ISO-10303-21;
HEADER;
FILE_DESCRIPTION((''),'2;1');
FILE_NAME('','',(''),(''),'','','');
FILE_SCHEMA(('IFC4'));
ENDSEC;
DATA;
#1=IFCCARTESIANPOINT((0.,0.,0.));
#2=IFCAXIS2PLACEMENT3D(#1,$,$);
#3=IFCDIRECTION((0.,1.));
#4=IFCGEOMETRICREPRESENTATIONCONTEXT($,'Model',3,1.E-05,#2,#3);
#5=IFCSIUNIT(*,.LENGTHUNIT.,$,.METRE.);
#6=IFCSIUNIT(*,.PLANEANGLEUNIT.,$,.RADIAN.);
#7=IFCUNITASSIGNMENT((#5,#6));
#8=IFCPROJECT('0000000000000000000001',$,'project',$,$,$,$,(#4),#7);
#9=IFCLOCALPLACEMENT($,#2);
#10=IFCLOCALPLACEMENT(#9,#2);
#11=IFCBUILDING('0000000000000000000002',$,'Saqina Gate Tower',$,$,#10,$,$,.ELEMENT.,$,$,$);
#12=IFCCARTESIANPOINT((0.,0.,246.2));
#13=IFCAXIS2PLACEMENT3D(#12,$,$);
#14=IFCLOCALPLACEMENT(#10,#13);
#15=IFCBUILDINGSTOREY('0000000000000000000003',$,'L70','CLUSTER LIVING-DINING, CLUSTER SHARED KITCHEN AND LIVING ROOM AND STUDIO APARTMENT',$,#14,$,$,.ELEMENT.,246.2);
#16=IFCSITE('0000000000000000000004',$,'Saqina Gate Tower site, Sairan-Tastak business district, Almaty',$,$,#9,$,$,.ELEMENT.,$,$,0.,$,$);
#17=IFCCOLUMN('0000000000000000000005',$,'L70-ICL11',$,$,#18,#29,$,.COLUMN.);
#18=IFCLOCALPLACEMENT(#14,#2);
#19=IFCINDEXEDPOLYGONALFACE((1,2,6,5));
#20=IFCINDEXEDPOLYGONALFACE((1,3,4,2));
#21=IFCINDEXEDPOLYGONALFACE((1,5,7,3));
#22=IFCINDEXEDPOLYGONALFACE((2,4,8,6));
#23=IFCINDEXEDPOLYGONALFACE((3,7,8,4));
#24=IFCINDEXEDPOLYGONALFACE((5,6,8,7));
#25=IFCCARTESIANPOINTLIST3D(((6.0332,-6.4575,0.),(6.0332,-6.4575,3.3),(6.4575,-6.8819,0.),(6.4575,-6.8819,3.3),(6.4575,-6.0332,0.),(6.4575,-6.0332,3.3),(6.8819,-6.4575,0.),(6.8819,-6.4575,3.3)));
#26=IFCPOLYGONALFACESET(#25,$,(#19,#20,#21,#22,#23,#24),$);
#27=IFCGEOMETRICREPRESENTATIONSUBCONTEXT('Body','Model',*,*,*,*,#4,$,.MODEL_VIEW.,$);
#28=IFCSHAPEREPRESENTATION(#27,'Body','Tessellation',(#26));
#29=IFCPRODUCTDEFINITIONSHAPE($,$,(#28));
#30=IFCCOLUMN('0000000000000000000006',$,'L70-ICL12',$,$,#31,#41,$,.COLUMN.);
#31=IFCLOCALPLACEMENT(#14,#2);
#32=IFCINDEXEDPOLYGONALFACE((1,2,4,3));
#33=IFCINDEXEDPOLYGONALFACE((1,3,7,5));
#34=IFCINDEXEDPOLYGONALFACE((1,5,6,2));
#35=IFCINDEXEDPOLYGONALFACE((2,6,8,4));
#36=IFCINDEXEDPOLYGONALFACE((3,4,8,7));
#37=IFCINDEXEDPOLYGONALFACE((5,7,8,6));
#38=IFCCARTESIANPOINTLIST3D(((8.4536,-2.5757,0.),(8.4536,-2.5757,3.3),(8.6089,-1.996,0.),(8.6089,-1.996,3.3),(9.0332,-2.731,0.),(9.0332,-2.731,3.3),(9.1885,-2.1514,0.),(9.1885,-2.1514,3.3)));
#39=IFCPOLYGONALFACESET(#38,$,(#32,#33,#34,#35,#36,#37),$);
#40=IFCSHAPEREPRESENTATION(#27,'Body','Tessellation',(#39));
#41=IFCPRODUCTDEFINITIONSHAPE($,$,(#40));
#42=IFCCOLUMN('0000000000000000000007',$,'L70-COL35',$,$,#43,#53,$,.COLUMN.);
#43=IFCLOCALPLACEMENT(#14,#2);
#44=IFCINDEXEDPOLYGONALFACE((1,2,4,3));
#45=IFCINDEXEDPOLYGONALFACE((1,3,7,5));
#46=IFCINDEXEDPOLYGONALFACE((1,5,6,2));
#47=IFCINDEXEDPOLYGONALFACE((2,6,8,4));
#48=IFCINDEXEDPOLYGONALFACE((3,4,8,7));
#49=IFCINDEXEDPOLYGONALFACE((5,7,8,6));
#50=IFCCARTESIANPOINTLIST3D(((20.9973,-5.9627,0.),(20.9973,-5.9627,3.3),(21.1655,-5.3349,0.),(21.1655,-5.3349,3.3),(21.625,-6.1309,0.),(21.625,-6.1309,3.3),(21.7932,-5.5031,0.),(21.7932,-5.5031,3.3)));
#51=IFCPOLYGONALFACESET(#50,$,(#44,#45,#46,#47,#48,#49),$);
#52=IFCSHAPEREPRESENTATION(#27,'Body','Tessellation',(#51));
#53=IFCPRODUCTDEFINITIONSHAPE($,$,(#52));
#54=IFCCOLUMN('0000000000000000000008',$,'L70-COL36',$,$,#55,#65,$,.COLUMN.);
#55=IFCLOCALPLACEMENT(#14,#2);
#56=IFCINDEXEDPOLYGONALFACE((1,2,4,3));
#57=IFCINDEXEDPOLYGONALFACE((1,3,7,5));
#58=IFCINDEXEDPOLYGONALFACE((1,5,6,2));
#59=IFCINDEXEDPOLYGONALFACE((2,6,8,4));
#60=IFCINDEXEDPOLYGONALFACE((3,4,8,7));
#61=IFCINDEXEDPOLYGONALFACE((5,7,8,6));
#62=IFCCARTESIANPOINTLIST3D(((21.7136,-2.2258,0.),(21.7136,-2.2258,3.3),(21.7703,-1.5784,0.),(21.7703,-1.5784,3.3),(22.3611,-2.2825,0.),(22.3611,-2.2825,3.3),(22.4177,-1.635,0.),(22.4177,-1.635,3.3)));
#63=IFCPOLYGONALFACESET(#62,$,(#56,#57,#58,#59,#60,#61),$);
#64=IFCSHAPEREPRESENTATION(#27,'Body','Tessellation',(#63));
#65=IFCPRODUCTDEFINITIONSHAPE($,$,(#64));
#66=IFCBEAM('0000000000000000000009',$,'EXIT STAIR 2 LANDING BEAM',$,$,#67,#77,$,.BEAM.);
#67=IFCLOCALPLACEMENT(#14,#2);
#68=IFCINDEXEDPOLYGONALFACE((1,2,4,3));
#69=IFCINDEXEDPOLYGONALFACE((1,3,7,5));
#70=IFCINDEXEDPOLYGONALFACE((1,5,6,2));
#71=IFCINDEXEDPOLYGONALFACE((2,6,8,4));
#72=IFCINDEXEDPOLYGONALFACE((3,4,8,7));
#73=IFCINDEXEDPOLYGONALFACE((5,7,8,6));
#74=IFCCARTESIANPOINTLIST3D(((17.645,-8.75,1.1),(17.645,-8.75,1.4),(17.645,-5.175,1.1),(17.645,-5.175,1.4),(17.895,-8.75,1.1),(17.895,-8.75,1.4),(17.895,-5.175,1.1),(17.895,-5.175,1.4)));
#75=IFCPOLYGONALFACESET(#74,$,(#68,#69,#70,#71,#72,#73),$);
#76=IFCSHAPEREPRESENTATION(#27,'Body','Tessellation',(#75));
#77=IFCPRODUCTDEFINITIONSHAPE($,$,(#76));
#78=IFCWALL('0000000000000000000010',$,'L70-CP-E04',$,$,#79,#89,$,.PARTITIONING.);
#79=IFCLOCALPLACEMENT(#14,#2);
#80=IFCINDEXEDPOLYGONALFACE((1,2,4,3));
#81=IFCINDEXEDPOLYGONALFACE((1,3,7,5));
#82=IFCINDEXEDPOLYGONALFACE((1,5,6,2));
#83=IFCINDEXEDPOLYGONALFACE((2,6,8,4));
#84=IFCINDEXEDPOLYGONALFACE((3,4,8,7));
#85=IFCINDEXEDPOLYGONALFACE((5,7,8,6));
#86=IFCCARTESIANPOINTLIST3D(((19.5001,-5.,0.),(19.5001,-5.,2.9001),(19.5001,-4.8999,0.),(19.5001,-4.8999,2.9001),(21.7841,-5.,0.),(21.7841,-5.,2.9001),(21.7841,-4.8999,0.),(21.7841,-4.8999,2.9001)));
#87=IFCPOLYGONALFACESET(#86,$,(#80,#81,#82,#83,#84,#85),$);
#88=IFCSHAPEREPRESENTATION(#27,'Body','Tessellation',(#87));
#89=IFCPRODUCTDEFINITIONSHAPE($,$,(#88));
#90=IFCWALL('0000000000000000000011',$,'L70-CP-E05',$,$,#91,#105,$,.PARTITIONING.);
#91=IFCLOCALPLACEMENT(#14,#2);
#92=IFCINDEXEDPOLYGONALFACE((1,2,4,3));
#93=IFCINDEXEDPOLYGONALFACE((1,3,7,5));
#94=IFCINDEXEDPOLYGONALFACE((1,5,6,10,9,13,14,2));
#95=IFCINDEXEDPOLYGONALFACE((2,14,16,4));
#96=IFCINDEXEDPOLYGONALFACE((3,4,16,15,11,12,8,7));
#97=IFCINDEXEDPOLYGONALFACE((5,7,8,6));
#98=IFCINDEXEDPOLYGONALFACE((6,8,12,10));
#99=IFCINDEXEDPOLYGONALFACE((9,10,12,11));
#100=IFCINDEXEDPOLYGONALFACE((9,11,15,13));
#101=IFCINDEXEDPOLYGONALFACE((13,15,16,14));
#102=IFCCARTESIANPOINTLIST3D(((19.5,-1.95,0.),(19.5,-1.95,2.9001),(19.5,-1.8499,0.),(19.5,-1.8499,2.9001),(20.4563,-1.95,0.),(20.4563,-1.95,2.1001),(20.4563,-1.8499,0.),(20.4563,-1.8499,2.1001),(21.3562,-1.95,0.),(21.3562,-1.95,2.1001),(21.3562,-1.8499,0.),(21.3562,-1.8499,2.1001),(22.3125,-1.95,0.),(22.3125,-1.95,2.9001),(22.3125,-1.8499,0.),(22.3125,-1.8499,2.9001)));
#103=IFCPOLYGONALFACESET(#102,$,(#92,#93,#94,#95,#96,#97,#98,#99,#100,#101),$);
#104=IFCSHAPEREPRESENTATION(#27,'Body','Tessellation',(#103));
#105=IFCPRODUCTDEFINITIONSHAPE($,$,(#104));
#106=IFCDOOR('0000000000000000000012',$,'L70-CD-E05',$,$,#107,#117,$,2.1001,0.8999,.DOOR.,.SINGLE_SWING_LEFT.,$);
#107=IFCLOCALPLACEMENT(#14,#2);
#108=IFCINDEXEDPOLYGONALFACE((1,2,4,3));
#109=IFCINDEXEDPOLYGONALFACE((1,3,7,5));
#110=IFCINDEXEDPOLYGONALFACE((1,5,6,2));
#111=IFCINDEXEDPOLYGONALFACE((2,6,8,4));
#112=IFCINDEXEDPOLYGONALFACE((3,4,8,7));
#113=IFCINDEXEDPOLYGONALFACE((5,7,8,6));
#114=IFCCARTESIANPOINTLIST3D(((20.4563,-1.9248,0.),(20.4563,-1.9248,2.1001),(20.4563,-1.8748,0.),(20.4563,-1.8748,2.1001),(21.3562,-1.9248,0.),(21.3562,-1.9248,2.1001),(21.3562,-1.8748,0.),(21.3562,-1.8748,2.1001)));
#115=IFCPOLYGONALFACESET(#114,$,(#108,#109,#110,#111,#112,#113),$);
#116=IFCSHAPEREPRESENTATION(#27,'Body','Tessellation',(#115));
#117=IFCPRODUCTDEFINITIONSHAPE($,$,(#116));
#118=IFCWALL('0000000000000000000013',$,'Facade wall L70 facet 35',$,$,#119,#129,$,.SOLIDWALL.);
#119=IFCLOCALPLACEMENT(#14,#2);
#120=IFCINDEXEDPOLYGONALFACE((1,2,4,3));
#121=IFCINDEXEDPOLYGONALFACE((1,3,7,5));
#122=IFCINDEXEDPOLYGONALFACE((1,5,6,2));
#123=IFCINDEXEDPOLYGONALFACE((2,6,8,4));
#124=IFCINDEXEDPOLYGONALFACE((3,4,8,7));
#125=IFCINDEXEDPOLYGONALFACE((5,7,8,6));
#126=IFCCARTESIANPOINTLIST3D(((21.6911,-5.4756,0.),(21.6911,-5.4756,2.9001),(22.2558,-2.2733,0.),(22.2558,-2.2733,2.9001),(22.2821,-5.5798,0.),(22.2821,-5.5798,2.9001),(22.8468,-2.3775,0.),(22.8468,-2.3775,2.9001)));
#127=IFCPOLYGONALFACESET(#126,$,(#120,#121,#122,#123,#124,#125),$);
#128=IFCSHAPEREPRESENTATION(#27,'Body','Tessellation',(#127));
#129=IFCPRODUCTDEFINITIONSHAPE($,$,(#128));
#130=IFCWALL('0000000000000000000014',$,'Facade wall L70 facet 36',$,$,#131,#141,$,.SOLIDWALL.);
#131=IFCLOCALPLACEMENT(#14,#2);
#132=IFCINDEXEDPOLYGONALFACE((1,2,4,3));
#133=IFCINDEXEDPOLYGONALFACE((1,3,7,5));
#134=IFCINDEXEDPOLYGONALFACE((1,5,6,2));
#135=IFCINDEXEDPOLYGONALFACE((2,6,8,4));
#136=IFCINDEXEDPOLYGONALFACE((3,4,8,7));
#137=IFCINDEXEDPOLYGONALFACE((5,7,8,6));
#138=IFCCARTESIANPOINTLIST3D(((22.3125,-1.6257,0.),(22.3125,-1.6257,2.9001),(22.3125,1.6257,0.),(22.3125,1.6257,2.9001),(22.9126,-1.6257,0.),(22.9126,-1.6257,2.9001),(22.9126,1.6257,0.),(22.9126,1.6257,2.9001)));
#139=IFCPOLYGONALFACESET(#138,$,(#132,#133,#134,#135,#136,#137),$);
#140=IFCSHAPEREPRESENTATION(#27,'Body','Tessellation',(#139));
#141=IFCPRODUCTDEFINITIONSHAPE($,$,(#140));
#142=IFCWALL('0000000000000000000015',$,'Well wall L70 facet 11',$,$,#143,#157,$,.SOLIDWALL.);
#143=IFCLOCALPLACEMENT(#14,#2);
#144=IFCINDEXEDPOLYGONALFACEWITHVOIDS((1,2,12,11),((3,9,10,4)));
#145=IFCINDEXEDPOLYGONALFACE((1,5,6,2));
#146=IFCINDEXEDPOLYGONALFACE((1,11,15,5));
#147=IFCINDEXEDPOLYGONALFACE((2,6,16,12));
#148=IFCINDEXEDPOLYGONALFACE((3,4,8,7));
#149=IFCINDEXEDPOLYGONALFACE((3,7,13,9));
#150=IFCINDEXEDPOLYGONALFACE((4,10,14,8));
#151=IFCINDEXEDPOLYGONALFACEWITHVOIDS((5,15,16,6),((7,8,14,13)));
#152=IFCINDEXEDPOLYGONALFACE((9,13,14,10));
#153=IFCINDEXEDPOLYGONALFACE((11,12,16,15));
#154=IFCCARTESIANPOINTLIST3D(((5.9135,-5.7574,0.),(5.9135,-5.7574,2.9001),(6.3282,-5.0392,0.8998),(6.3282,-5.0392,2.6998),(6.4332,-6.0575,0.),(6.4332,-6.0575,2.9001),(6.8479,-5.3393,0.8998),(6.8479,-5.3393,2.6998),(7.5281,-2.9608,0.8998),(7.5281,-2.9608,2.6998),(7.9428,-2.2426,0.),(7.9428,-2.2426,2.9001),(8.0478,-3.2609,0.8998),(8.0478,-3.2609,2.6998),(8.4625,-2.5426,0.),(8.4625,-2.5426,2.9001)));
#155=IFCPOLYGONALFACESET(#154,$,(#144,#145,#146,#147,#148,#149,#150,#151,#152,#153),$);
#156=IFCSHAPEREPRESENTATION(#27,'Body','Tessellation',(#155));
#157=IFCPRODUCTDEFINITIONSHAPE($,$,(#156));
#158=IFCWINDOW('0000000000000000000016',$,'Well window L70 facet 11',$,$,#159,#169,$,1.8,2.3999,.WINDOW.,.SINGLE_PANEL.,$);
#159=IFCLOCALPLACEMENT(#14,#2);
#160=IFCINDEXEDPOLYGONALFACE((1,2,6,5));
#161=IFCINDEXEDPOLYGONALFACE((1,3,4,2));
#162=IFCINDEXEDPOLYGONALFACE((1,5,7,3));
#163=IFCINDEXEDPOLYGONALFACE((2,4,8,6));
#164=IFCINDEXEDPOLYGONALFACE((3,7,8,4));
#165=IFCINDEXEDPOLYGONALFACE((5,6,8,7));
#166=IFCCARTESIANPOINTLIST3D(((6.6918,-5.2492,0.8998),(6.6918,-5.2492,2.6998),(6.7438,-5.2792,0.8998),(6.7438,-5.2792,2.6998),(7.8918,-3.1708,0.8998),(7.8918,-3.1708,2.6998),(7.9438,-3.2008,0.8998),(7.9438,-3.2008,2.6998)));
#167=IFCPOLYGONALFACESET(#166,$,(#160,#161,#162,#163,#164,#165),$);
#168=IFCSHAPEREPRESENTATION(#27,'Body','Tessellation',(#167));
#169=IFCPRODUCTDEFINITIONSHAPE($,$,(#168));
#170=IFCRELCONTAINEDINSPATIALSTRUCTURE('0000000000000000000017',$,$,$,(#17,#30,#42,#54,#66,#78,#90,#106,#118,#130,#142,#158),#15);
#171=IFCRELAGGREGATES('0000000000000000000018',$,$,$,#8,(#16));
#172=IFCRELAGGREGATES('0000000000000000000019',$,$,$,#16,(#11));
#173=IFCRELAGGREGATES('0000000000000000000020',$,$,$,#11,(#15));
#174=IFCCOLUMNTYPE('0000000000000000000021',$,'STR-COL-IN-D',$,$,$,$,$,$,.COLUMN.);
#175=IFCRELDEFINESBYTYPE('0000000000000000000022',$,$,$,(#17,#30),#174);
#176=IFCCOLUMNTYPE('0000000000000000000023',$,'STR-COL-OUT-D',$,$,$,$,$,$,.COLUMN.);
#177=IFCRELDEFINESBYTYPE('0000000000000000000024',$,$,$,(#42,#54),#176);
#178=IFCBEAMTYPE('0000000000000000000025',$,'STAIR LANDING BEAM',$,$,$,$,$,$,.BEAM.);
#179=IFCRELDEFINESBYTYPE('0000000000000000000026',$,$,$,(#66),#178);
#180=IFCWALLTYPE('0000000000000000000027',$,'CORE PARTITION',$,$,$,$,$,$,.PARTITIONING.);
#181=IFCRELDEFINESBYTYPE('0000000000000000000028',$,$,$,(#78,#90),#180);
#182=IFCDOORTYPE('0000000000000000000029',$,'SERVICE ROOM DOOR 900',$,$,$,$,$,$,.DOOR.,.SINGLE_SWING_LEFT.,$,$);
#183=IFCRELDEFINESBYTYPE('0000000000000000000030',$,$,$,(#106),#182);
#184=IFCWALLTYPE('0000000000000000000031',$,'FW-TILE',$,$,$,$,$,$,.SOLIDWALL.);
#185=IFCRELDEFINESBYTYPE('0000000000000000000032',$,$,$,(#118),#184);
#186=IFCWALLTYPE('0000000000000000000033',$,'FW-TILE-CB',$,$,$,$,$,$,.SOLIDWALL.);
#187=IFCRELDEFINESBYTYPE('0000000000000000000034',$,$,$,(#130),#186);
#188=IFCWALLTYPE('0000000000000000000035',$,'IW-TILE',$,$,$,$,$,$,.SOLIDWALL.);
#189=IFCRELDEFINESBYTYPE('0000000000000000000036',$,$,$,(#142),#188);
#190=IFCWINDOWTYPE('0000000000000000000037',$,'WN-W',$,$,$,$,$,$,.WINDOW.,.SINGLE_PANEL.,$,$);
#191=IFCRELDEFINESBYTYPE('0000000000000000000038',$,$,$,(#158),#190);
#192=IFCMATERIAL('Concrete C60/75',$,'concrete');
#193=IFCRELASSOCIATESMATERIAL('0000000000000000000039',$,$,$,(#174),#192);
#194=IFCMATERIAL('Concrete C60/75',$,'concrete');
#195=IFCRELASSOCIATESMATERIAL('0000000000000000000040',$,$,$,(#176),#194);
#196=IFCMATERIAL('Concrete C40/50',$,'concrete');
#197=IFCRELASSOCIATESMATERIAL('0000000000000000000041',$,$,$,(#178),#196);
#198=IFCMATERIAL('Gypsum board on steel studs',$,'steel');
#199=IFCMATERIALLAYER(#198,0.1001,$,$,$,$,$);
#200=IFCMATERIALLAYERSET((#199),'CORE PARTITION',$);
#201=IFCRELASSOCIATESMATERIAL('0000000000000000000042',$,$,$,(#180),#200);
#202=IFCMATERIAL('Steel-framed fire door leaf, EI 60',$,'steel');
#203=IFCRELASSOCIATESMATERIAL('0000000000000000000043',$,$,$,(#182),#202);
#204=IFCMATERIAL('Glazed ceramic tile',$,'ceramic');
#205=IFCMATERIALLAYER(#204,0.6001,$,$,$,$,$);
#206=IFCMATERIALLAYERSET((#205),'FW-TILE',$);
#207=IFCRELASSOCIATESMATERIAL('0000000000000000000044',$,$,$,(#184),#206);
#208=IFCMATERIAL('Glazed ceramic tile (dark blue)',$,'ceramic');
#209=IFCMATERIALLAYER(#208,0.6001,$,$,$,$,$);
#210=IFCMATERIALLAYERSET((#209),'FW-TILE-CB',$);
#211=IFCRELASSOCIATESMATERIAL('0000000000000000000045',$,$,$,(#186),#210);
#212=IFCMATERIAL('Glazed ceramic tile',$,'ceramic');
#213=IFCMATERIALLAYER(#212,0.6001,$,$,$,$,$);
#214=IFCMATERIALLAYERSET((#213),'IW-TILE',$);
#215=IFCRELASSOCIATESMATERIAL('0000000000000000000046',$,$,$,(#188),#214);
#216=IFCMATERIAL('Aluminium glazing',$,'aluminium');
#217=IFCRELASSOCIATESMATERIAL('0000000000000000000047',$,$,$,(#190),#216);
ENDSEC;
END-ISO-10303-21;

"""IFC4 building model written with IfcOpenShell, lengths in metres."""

from ifc_helpers import new_model, si_unit, direction, frame, frame_2d, origin, origin_2d, place, context, subcontext, project, spatial, rectangle, extrude, material, layer, layer_set, material_profile, profile_set, type_object, element, fill, save


model = new_model("IFC4")

# Units and contexts
model_context = context("Model", 3, precision=1e-05, world=origin(), true_north=direction((0.0, 1.0)))
body_context = subcontext(model_context, "Body", "Model", "MODEL_VIEW")
ifc_project = project(units=[si_unit("LENGTHUNIT", "METRE"), si_unit("PLANEANGLEUNIT", "RADIAN")], contexts=[model_context])

# Site, building, storey
site_placement = place(None, origin())
site = spatial("IfcSite", under=ifc_project, at=site_placement, Name="Saqina Gate Tower site, Sairan-Tastak business district, Almaty", CompositionType="ELEMENT", RefElevation=0.0)
building_placement = place(site_placement, origin())
building = spatial("IfcBuilding", under=site, at=building_placement, Name="Saqina Gate Tower", CompositionType="ELEMENT")
storey_placement = place(building_placement, frame((0.0, 0.0, 246.2)))
storey = spatial("IfcBuildingStorey", under=building, at=storey_placement, Name="L70", Description="CLUSTER LIVING-DINING, CLUSTER SHARED KITCHEN AND LIVING ROOM AND STUDIO APARTMENT", CompositionType="ELEMENT", Elevation=246.2)

# Columns
ifc_material_1 = material(Name="Concrete C60/75", Category="concrete")
ifc_material_profile_1 = material_profile(ifc_material_1, rectangle(XDim=0.6001, YDim=0.6001, at=origin_2d()), Name="RC 600x600")
ifc_profile_set_1 = profile_set([ifc_material_profile_1], Name="Concrete C60/75")
column_type_1 = type_object("IfcColumnType", Name="STR-COL-IN-D", PredefinedType="COLUMN", material=ifc_profile_set_1)
for number, where, z_axis, x_axis, name in (
    (1, (6.4575, -6.4575, 0.0), (0.0, 0.0, 1.0), (0.707107, -0.707107, 0.0), "L70-ICL11"),
    (2, (8.821, -2.3635, 0.0), (0.0, 0.0, 1.0), (0.965926, -0.258819, 0.0), "L70-ICL12"),
):
    element("IfcColumn", number, at=place(storey_placement, frame(where, z_axis=z_axis, x_axis=x_axis)), inside=storey, type_object=column_type_1, Name=name, PredefinedType="COLUMN", context=body_context, shape_type="SweptSolid", body=[
        extrude(rectangle(XDim=0.6001, YDim=0.6001, at=origin_2d()), origin(), (0.0, 0.0, 1.0), 3.3),
    ])
ifc_material_2 = material(Name="Concrete C60/75", Category="concrete")
ifc_material_profile_2 = material_profile(ifc_material_2, rectangle(XDim=0.6499, YDim=0.6499, at=origin_2d()), Name="RC 650x650")
ifc_profile_set_2 = profile_set([ifc_material_profile_2], Name="Concrete C60/75")
column_type_2 = type_object("IfcColumnType", Name="STR-COL-OUT-D", PredefinedType="COLUMN", material=ifc_profile_set_2)
for number, where, z_axis, x_axis, name in (
    (3, (21.3953, -5.7329, 0.0), (0.0, 0.0, 1.0), (0.965926, -0.258819, 0.0), "L70-COL35"),
    (4, (22.0657, -1.9304, 0.0), (0.0, 0.0, 1.0), (0.996195, -0.087156, 0.0), "L70-COL36"),
):
    element("IfcColumn", number, at=place(storey_placement, frame(where, z_axis=z_axis, x_axis=x_axis)), inside=storey, type_object=column_type_2, Name=name, PredefinedType="COLUMN", context=body_context, shape_type="SweptSolid", body=[
        extrude(rectangle(XDim=0.6499, YDim=0.6499, at=origin_2d()), origin(), (0.0, 0.0, 1.0), 3.3),
    ])

# Beam
ifc_material_3 = material(Name="Concrete C40/50", Category="concrete")
ifc_material_profile_3 = material_profile(ifc_material_3, rectangle(XDim=0.25, YDim=0.3, at=origin_2d()), Name="STAIR LANDING BEAM")
ifc_profile_set_3 = profile_set([ifc_material_profile_3], Name="Concrete C40/50")
beam_type = type_object("IfcBeamType", Name="STAIR LANDING BEAM", PredefinedType="BEAM", material=ifc_profile_set_3)
beam_placement = place(storey_placement, frame((17.77, -8.75, 1.25), z_axis=(0.0, 1.0, 0.0), x_axis=(-1.0, 0.0, 0.0)))
element("IfcBeam", 5, at=beam_placement, inside=storey, type_object=beam_type, Name="EXIT STAIR 2 LANDING BEAM", PredefinedType="BEAM", context=body_context, shape_type="SweptSolid", body=[
    extrude(rectangle(XDim=0.25, YDim=0.3, at=origin_2d()), origin(), (0.0, 0.0, 1.0), 3.575),
])

# Wall
ifc_material_4 = material(Name="Gypsum board on steel studs", Category="steel")
ifc_layer_1 = layer(ifc_material_4, 0.1001)
ifc_layer_set_1 = layer_set([ifc_layer_1], Name="CORE PARTITION")
wall_type_1 = type_object("IfcWallType", Name="CORE PARTITION", PredefinedType="PARTITIONING", material=ifc_layer_set_1)
wall_1_placement = place(storey_placement, frame((19.5, -4.95, 0.0), z_axis=(0.0, 0.0, 1.0), x_axis=(1.0, 0.0, 0.0)))
element("IfcWall", 6, at=wall_1_placement, inside=storey, type_object=wall_type_1, Name="L70-CP-E04", PredefinedType="PARTITIONING", context=body_context, shape_type="SweptSolid", body=[
    extrude(rectangle(XDim=2.2839, YDim=0.1001, at=frame_2d((1.1421, 0.0))), origin(), (0.0, 0.0, 1.0), 2.9001),
])

# Wall, opening, door
wall_2_placement = place(storey_placement, frame((19.5, -1.8999, 0.0), z_axis=(0.0, 0.0, 1.0), x_axis=(1.0, 0.0, 0.0)))
wall_2 = element("IfcWall", 7, at=wall_2_placement, inside=storey, type_object=wall_type_1, Name="L70-CP-E05", PredefinedType="PARTITIONING", context=body_context, shape_type="SweptSolid", body=[
    extrude(rectangle(XDim=2.8125, YDim=0.1001, at=frame_2d((1.4062, 0.0))), origin(), (0.0, 0.0, 1.0), 2.9001),
])
opening_1_placement = place(wall_2_placement, frame((0.9563, 0.0, 0.0)))
opening_1 = element("IfcOpeningElement", 8, at=opening_1_placement, cuts=wall_2, PredefinedType="OPENING", context=body_context, shape_type="SweptSolid", body=[
    extrude(rectangle(XDim=0.8999, YDim=2.1001, at=frame_2d((0.45, 1.05))), frame((0.0, 0.062, 0.0), z_axis=(0.0, -1.0, 0.0), x_axis=(1.0, 0.0, 0.0)), (0.0, 0.0, 1.0), 0.124),
])
ifc_material_5 = material(Name="Steel-framed fire door leaf, EI 60", Category="steel")
door_type_1 = type_object("IfcDoorType", Name="SERVICE ROOM DOOR 900", OperationType="SINGLE_SWING_LEFT", PredefinedType="DOOR", material=ifc_material_5)
door_1_placement = place(opening_1_placement, frame((0.8999, 0.0, 0.0), z_axis=(0.0, 0.0, 1.0), x_axis=(-1.0, 0.0, 0.0)))
door_1 = element("IfcDoor", 9, at=door_1_placement, inside=storey, type_object=door_type_1, Name="L70-CD-E05", OperationType="SINGLE_SWING_LEFT", OverallHeight=2.1001, OverallWidth=0.8999, PredefinedType="DOOR", context=body_context, shape_type="SweptSolid", body=[
    extrude(rectangle(XDim=0.8999, YDim=2.1001, at=frame_2d((0.45, 1.05))), frame((0.0, 0.0249, 0.0), z_axis=(0.0, -1.0, 0.0), x_axis=(1.0, 0.0, 0.0)), (0.0, 0.0, 1.0), 0.05),
])
fill(opening_1, door_1)

# Walls
ifc_material_6 = material(Name="Glazed ceramic tile", Category="ceramic")
ifc_layer_2 = layer(ifc_material_6, 0.6001)
ifc_layer_set_2 = layer_set([ifc_layer_2], Name="FW-TILE")
wall_type_2 = type_object("IfcWallType", Name="FW-TILE", PredefinedType="SOLIDWALL", material=ifc_layer_set_2)
wall_3_placement = place(storey_placement, frame((21.9866, -5.5278, 0.0), z_axis=(0.0, 0.0, 1.0), x_axis=(0.173657, 0.984806, 0.0)))
element("IfcWall", 10, at=wall_3_placement, inside=storey, type_object=wall_type_2, Name="Facade wall L70 facet 35", PredefinedType="SOLIDWALL", context=body_context, shape_type="SweptSolid", body=[
    extrude(rectangle(XDim=3.2517, YDim=0.6001, at=frame_2d((1.626, 0.0))), origin(), (0.0, 0.0, 1.0), 2.9001),
])
ifc_material_7 = material(Name="Glazed ceramic tile (dark blue)", Category="ceramic")
ifc_layer_3 = layer(ifc_material_7, 0.6001)
ifc_layer_set_3 = layer_set([ifc_layer_3], Name="FW-TILE-CB")
wall_type_3 = type_object("IfcWallType", Name="FW-TILE-CB", PredefinedType="SOLIDWALL", material=ifc_layer_set_3)
wall_4_placement = place(storey_placement, frame((22.6125, -1.6257, 0.0), z_axis=(0.0, 0.0, 1.0), x_axis=(0.0, 1.0, 0.0)))
element("IfcWall", 11, at=wall_4_placement, inside=storey, type_object=wall_type_3, Name="Facade wall L70 facet 36", PredefinedType="SOLIDWALL", context=body_context, shape_type="SweptSolid", body=[
    extrude(rectangle(XDim=3.2515, YDim=0.6001, at=frame_2d((1.6257, 0.0))), origin(), (0.0, 0.0, 1.0), 2.9001),
])

# Wall, opening, window
ifc_material_8 = material(Name="Glazed ceramic tile", Category="ceramic")
ifc_layer_4 = layer(ifc_material_8, 0.6001)
ifc_layer_set_4 = layer_set([ifc_layer_4], Name="IW-TILE")
wall_type_4 = type_object("IfcWallType", Name="IW-TILE", PredefinedType="SOLIDWALL", material=ifc_layer_set_4)
wall_5_placement = place(storey_placement, frame((6.1733, -5.9075, 0.0), z_axis=(0.0, 0.0, 1.0), x_axis=(0.499995, 0.866028, 0.0)))
wall_5 = element("IfcWall", 12, at=wall_5_placement, inside=storey, type_object=wall_type_4, Name="Well wall L70 facet 11", PredefinedType="SOLIDWALL", context=body_context, shape_type="SweptSolid", body=[
    extrude(rectangle(XDim=4.0586, YDim=0.6001, at=frame_2d((2.0293, 0.0))), origin(), (0.0, 0.0, 1.0), 2.9001),
])
opening_2_placement = place(wall_5_placement, frame((0.8293, 0.0, 0.8999)))
opening_2 = element("IfcOpeningElement", 13, at=opening_2_placement, cuts=wall_5, PredefinedType="OPENING", context=body_context, shape_type="SweptSolid", body=[
    extrude(rectangle(XDim=2.3999, YDim=1.8, at=frame_2d((1.2, 0.8999))), frame((0.0, 0.312, 0.0), z_axis=(0.0, -1.0, 0.0), x_axis=(1.0, 0.0, 0.0)), (0.0, 0.0, 1.0), 0.624),
])
ifc_material_9 = material(Name="Aluminium glazing", Category="aluminium")
window_type = type_object("IfcWindowType", Name="WN-W", PartitioningType="SINGLE_PANEL", PredefinedType="WINDOW", material=ifc_material_9)
window_1_placement = place(opening_2_placement, origin())
window_1 = element("IfcWindow", 14, at=window_1_placement, inside=storey, type_object=window_type, Name="Well window L70 facet 11", OverallHeight=1.8, OverallWidth=2.3999, PartitioningType="SINGLE_PANEL", PredefinedType="WINDOW", context=body_context, shape_type="SweptSolid", body=[
    extrude(rectangle(XDim=2.3999, YDim=1.8, at=frame_2d((1.2, 0.8999))), frame((0.0, -0.1199, 0.0), z_axis=(0.0, -1.0, 0.0), x_axis=(1.0, 0.0, 0.0)), (0.0, 0.0, 1.0), 0.0601),
])
fill(opening_2, window_1)

save(model, "model.ifc")
